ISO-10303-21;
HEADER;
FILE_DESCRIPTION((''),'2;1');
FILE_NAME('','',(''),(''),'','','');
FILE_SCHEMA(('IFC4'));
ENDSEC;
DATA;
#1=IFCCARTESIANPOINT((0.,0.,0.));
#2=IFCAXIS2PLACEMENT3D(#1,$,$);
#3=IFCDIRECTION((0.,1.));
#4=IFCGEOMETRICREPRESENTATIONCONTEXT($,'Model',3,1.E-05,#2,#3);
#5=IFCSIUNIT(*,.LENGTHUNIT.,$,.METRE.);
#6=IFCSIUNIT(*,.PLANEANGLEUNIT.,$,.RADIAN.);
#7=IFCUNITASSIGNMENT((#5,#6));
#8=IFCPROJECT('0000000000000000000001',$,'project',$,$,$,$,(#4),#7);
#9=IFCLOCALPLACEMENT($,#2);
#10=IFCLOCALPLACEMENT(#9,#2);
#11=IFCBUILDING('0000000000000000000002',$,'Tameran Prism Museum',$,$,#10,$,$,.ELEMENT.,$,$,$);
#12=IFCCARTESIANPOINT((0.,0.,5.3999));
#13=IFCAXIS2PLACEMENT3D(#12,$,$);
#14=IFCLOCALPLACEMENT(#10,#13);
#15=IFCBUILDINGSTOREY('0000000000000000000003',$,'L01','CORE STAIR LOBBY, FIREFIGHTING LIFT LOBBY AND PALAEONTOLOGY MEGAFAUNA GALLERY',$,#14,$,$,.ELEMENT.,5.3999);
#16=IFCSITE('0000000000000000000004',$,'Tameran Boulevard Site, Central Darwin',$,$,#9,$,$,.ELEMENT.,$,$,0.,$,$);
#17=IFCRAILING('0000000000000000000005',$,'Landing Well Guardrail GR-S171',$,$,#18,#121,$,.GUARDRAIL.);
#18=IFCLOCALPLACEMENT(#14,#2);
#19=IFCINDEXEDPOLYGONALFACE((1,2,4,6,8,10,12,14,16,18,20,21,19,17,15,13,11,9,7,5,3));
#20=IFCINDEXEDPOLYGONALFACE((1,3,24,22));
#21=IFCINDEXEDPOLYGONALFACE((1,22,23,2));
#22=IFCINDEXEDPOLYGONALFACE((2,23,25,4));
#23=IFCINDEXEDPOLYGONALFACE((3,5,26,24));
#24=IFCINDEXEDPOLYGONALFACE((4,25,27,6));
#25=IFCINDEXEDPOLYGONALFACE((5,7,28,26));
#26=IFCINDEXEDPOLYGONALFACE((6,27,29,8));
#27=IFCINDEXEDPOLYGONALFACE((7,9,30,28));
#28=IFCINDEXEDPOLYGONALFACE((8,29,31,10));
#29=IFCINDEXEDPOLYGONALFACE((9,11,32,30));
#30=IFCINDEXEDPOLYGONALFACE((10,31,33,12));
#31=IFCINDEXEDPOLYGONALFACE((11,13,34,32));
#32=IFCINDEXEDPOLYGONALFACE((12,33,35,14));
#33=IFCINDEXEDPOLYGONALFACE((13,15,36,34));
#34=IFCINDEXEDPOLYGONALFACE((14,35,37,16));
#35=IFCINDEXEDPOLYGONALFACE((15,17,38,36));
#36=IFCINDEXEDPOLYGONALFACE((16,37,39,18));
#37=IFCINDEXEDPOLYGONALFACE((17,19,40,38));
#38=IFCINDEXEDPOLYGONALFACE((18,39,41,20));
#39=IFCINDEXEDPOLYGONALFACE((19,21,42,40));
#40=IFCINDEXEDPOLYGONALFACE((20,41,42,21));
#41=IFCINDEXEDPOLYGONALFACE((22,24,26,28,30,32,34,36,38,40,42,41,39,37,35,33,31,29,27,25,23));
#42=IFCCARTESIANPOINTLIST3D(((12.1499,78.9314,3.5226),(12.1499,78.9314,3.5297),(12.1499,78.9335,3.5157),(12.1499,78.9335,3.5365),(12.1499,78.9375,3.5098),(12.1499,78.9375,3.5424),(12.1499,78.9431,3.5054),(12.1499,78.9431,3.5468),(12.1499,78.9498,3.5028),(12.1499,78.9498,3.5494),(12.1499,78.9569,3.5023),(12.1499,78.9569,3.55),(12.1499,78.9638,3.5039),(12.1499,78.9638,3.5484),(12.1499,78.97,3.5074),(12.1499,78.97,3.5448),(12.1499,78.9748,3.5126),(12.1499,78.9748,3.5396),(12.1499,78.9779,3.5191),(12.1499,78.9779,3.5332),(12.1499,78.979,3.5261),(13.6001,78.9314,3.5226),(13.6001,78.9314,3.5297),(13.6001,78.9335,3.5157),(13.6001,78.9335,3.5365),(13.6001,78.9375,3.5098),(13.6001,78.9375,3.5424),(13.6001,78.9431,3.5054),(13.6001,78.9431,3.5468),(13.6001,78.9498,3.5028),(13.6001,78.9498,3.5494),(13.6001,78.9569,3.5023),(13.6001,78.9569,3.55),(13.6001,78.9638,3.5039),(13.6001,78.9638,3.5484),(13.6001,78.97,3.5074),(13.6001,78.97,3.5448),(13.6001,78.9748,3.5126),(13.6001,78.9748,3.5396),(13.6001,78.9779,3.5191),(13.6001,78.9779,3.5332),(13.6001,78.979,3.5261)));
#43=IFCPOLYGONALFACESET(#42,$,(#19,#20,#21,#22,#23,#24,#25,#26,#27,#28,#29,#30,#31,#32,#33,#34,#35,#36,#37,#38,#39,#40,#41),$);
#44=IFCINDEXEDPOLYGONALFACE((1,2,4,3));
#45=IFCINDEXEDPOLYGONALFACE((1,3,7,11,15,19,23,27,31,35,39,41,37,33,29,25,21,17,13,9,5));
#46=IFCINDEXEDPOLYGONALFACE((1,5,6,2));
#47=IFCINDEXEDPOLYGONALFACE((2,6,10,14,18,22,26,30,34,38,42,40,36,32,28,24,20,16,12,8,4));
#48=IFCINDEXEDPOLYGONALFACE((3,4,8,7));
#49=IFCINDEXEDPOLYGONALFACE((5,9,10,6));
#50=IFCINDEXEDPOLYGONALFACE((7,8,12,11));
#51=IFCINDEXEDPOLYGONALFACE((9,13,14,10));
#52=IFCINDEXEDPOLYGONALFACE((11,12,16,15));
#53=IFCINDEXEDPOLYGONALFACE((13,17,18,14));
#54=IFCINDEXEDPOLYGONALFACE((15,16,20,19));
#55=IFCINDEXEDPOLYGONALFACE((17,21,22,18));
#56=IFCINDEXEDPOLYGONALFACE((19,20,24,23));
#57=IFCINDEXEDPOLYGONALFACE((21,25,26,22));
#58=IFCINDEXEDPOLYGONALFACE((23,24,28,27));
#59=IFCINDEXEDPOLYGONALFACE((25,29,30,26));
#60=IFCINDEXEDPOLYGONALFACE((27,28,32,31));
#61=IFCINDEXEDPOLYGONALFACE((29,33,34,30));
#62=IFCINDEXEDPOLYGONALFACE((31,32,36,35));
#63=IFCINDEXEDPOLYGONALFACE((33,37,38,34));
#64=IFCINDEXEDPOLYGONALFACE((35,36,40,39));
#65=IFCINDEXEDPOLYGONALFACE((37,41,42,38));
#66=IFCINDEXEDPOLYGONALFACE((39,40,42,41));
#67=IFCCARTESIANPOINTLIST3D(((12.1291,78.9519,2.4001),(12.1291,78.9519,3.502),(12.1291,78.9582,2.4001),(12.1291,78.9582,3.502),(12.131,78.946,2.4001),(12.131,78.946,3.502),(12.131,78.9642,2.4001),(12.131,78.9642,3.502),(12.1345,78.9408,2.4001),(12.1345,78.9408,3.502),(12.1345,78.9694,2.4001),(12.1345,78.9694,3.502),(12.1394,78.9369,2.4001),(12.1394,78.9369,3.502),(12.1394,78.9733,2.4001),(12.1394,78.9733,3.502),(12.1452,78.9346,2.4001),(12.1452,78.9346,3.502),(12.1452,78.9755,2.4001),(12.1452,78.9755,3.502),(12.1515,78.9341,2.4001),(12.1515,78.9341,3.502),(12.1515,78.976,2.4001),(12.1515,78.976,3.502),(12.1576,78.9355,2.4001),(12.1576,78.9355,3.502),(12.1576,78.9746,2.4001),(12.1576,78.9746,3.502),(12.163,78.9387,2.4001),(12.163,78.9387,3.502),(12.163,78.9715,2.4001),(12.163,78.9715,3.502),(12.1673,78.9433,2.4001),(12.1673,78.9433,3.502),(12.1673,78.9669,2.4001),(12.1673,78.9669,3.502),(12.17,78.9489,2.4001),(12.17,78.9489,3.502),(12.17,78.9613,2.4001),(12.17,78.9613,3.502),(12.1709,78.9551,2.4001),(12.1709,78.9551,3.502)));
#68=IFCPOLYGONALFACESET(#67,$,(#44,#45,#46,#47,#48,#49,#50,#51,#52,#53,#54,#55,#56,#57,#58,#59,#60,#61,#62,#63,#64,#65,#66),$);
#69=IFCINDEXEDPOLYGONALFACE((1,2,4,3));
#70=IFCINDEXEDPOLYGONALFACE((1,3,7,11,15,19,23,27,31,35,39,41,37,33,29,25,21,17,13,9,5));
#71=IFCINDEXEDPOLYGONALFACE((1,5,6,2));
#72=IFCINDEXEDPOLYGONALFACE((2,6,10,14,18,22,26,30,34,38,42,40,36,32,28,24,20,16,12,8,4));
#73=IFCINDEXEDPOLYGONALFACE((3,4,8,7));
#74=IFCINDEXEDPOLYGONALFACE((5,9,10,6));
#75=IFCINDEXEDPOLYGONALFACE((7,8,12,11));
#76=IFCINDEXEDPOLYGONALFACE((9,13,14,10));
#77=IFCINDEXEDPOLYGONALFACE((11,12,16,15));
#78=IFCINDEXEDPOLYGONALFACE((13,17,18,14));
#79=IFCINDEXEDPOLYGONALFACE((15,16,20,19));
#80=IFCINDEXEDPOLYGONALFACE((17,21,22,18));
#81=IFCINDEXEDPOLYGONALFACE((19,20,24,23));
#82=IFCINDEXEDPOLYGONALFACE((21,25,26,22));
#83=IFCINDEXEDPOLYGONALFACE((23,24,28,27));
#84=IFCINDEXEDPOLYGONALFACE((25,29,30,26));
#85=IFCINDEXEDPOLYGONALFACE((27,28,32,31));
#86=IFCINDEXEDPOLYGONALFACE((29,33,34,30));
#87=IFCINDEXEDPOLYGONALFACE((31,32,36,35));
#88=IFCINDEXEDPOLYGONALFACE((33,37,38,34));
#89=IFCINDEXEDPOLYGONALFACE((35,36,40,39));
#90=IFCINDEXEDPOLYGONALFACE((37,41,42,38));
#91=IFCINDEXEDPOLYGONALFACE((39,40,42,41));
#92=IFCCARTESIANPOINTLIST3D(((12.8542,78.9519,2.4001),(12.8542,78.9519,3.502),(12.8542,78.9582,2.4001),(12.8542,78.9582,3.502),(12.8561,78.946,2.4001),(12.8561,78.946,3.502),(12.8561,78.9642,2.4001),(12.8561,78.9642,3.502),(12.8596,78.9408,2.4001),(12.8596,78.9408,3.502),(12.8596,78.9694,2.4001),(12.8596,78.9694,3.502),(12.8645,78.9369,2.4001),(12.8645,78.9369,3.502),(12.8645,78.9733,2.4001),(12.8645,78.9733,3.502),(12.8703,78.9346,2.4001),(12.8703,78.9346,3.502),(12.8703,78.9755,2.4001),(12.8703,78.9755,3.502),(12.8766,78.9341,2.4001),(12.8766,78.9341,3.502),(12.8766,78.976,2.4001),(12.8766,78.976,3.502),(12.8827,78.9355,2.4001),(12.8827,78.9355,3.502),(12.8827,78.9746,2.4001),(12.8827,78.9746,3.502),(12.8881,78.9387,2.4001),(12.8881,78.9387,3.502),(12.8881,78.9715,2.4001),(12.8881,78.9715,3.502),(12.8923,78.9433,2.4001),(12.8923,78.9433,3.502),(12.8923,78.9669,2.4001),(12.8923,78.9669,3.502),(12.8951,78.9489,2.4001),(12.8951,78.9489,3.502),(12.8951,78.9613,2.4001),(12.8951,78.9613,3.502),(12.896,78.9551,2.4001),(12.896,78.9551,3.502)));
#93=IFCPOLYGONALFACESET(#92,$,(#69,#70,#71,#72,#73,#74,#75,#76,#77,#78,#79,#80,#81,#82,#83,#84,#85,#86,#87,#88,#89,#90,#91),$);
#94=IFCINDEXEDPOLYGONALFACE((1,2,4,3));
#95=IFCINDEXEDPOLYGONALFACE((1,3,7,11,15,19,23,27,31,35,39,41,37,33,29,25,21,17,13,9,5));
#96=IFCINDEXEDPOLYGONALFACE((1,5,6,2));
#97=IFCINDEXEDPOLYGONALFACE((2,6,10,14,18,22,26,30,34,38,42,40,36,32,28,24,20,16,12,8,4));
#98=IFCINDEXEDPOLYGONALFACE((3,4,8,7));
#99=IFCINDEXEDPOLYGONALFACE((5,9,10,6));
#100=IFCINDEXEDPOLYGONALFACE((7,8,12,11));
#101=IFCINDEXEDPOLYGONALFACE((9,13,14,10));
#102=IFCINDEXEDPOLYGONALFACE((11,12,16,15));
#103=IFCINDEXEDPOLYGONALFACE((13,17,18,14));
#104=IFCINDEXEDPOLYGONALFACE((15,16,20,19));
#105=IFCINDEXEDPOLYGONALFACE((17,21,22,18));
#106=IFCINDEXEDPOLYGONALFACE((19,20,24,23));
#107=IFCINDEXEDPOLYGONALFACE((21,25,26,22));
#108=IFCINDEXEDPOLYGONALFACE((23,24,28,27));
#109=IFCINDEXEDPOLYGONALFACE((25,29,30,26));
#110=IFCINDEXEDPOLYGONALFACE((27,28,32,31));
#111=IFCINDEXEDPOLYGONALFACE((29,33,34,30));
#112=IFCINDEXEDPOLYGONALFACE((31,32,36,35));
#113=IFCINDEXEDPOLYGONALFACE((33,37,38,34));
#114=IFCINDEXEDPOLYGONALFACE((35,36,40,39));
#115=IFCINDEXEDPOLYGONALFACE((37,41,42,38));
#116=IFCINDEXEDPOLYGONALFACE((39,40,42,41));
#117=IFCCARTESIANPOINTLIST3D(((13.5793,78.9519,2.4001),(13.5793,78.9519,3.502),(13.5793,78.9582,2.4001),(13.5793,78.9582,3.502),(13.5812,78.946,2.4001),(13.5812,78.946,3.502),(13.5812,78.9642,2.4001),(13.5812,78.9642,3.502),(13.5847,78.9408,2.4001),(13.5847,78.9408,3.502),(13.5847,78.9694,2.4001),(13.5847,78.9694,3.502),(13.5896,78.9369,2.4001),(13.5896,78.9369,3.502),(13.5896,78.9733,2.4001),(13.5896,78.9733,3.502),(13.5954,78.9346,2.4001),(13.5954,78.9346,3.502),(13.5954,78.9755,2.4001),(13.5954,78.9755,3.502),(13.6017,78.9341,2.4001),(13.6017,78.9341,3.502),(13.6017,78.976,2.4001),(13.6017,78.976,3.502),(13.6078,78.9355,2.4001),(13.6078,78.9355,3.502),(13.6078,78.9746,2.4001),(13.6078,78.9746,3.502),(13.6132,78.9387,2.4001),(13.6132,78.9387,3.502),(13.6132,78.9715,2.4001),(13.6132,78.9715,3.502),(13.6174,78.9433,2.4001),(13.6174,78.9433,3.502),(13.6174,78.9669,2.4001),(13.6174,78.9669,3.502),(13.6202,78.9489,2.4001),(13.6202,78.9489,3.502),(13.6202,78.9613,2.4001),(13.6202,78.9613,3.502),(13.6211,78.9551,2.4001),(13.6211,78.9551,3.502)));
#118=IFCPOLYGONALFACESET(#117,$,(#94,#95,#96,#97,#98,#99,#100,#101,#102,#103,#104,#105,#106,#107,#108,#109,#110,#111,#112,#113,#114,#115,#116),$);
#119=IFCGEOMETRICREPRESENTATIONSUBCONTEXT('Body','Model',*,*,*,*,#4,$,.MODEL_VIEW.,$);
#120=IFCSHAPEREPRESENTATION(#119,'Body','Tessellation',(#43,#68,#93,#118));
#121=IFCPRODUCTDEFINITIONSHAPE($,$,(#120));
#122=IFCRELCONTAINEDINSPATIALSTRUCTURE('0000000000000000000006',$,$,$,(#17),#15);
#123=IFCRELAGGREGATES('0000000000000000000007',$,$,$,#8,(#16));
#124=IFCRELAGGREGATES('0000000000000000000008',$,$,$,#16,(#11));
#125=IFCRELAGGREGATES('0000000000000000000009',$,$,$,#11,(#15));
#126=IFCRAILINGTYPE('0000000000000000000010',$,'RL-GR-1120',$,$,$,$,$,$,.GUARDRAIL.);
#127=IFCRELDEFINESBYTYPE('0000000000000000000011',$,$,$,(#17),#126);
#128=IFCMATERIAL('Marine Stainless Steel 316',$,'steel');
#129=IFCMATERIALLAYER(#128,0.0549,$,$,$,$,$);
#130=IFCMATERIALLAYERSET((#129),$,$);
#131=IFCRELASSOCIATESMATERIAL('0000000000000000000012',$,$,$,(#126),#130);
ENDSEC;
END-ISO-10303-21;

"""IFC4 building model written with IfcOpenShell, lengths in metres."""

from ifc_helpers import new_model, si_unit, direction, frame, origin, origin_2d, place, context, subcontext, project, spatial, circle, extrude, material, layer, layer_set, type_object, element, save


model = new_model("IFC4")

# Units and contexts
model_context = context("Model", 3, precision=1e-05, world=origin(), true_north=direction((0.0, 1.0)))
body_context = subcontext(model_context, "Body", "Model", "MODEL_VIEW")
ifc_project = project(units=[si_unit("LENGTHUNIT", "METRE"), si_unit("PLANEANGLEUNIT", "RADIAN")], contexts=[model_context])

# Site, building, storey
site_placement = place(None, origin())
site = spatial("IfcSite", under=ifc_project, at=site_placement, Name="Tameran Boulevard Site, Central Darwin", CompositionType="ELEMENT", RefElevation=0.0)
building_placement = place(site_placement, origin())
building = spatial("IfcBuilding", under=site, at=building_placement, Name="Tameran Prism Museum", CompositionType="ELEMENT")
storey_placement = place(building_placement, frame((0.0, 0.0, 5.3999)))
storey = spatial("IfcBuildingStorey", under=building, at=storey_placement, Name="L01", Description="CORE STAIR LOBBY, FIREFIGHTING LIFT LOBBY AND PALAEONTOLOGY MEGAFAUNA GALLERY", CompositionType="ELEMENT", Elevation=5.3999)

# Railing
ifc_material_1 = material(Name="Marine Stainless Steel 316", Category="steel")
ifc_layer_1 = layer(ifc_material_1, 0.0549)
ifc_layer_set_1 = layer_set([ifc_layer_1])
railing_type_1 = type_object("IfcRailingType", Name="RL-GR-1120", PredefinedType="GUARDRAIL", material=ifc_layer_set_1)
railing_1_placement = place(storey_placement, frame((12.1499, 78.9551, 2.4001)))
element("IfcRailing", 1, at=railing_1_placement, inside=storey, type_object=railing_type_1, Name="Landing Well Guardrail GR-S171", PredefinedType="GUARDRAIL", context=body_context, shape_type="SweptSolid", body=[
    extrude(circle(Radius=0.0239, at=origin_2d()), frame((0.0, 0.0, 1.126), z_axis=(1.0, 0.0, 0.0), x_axis=(0.0, 1.0, 0.0)), (0.0, 0.0, 1.0), 1.4502),
    extrude(circle(Radius=0.021, at=origin_2d()), origin(), (0.0, 0.0, 1.0), 1.1018),
    extrude(circle(Radius=0.021, at=origin_2d()), frame((0.7251, 0.0, 0.0)), (0.0, 0.0, 1.0), 1.1018),
    extrude(circle(Radius=0.021, at=origin_2d()), frame((1.4502, 0.0, 0.0)), (0.0, 0.0, 1.0), 1.1018),
])

save(model, "model.ifc")
